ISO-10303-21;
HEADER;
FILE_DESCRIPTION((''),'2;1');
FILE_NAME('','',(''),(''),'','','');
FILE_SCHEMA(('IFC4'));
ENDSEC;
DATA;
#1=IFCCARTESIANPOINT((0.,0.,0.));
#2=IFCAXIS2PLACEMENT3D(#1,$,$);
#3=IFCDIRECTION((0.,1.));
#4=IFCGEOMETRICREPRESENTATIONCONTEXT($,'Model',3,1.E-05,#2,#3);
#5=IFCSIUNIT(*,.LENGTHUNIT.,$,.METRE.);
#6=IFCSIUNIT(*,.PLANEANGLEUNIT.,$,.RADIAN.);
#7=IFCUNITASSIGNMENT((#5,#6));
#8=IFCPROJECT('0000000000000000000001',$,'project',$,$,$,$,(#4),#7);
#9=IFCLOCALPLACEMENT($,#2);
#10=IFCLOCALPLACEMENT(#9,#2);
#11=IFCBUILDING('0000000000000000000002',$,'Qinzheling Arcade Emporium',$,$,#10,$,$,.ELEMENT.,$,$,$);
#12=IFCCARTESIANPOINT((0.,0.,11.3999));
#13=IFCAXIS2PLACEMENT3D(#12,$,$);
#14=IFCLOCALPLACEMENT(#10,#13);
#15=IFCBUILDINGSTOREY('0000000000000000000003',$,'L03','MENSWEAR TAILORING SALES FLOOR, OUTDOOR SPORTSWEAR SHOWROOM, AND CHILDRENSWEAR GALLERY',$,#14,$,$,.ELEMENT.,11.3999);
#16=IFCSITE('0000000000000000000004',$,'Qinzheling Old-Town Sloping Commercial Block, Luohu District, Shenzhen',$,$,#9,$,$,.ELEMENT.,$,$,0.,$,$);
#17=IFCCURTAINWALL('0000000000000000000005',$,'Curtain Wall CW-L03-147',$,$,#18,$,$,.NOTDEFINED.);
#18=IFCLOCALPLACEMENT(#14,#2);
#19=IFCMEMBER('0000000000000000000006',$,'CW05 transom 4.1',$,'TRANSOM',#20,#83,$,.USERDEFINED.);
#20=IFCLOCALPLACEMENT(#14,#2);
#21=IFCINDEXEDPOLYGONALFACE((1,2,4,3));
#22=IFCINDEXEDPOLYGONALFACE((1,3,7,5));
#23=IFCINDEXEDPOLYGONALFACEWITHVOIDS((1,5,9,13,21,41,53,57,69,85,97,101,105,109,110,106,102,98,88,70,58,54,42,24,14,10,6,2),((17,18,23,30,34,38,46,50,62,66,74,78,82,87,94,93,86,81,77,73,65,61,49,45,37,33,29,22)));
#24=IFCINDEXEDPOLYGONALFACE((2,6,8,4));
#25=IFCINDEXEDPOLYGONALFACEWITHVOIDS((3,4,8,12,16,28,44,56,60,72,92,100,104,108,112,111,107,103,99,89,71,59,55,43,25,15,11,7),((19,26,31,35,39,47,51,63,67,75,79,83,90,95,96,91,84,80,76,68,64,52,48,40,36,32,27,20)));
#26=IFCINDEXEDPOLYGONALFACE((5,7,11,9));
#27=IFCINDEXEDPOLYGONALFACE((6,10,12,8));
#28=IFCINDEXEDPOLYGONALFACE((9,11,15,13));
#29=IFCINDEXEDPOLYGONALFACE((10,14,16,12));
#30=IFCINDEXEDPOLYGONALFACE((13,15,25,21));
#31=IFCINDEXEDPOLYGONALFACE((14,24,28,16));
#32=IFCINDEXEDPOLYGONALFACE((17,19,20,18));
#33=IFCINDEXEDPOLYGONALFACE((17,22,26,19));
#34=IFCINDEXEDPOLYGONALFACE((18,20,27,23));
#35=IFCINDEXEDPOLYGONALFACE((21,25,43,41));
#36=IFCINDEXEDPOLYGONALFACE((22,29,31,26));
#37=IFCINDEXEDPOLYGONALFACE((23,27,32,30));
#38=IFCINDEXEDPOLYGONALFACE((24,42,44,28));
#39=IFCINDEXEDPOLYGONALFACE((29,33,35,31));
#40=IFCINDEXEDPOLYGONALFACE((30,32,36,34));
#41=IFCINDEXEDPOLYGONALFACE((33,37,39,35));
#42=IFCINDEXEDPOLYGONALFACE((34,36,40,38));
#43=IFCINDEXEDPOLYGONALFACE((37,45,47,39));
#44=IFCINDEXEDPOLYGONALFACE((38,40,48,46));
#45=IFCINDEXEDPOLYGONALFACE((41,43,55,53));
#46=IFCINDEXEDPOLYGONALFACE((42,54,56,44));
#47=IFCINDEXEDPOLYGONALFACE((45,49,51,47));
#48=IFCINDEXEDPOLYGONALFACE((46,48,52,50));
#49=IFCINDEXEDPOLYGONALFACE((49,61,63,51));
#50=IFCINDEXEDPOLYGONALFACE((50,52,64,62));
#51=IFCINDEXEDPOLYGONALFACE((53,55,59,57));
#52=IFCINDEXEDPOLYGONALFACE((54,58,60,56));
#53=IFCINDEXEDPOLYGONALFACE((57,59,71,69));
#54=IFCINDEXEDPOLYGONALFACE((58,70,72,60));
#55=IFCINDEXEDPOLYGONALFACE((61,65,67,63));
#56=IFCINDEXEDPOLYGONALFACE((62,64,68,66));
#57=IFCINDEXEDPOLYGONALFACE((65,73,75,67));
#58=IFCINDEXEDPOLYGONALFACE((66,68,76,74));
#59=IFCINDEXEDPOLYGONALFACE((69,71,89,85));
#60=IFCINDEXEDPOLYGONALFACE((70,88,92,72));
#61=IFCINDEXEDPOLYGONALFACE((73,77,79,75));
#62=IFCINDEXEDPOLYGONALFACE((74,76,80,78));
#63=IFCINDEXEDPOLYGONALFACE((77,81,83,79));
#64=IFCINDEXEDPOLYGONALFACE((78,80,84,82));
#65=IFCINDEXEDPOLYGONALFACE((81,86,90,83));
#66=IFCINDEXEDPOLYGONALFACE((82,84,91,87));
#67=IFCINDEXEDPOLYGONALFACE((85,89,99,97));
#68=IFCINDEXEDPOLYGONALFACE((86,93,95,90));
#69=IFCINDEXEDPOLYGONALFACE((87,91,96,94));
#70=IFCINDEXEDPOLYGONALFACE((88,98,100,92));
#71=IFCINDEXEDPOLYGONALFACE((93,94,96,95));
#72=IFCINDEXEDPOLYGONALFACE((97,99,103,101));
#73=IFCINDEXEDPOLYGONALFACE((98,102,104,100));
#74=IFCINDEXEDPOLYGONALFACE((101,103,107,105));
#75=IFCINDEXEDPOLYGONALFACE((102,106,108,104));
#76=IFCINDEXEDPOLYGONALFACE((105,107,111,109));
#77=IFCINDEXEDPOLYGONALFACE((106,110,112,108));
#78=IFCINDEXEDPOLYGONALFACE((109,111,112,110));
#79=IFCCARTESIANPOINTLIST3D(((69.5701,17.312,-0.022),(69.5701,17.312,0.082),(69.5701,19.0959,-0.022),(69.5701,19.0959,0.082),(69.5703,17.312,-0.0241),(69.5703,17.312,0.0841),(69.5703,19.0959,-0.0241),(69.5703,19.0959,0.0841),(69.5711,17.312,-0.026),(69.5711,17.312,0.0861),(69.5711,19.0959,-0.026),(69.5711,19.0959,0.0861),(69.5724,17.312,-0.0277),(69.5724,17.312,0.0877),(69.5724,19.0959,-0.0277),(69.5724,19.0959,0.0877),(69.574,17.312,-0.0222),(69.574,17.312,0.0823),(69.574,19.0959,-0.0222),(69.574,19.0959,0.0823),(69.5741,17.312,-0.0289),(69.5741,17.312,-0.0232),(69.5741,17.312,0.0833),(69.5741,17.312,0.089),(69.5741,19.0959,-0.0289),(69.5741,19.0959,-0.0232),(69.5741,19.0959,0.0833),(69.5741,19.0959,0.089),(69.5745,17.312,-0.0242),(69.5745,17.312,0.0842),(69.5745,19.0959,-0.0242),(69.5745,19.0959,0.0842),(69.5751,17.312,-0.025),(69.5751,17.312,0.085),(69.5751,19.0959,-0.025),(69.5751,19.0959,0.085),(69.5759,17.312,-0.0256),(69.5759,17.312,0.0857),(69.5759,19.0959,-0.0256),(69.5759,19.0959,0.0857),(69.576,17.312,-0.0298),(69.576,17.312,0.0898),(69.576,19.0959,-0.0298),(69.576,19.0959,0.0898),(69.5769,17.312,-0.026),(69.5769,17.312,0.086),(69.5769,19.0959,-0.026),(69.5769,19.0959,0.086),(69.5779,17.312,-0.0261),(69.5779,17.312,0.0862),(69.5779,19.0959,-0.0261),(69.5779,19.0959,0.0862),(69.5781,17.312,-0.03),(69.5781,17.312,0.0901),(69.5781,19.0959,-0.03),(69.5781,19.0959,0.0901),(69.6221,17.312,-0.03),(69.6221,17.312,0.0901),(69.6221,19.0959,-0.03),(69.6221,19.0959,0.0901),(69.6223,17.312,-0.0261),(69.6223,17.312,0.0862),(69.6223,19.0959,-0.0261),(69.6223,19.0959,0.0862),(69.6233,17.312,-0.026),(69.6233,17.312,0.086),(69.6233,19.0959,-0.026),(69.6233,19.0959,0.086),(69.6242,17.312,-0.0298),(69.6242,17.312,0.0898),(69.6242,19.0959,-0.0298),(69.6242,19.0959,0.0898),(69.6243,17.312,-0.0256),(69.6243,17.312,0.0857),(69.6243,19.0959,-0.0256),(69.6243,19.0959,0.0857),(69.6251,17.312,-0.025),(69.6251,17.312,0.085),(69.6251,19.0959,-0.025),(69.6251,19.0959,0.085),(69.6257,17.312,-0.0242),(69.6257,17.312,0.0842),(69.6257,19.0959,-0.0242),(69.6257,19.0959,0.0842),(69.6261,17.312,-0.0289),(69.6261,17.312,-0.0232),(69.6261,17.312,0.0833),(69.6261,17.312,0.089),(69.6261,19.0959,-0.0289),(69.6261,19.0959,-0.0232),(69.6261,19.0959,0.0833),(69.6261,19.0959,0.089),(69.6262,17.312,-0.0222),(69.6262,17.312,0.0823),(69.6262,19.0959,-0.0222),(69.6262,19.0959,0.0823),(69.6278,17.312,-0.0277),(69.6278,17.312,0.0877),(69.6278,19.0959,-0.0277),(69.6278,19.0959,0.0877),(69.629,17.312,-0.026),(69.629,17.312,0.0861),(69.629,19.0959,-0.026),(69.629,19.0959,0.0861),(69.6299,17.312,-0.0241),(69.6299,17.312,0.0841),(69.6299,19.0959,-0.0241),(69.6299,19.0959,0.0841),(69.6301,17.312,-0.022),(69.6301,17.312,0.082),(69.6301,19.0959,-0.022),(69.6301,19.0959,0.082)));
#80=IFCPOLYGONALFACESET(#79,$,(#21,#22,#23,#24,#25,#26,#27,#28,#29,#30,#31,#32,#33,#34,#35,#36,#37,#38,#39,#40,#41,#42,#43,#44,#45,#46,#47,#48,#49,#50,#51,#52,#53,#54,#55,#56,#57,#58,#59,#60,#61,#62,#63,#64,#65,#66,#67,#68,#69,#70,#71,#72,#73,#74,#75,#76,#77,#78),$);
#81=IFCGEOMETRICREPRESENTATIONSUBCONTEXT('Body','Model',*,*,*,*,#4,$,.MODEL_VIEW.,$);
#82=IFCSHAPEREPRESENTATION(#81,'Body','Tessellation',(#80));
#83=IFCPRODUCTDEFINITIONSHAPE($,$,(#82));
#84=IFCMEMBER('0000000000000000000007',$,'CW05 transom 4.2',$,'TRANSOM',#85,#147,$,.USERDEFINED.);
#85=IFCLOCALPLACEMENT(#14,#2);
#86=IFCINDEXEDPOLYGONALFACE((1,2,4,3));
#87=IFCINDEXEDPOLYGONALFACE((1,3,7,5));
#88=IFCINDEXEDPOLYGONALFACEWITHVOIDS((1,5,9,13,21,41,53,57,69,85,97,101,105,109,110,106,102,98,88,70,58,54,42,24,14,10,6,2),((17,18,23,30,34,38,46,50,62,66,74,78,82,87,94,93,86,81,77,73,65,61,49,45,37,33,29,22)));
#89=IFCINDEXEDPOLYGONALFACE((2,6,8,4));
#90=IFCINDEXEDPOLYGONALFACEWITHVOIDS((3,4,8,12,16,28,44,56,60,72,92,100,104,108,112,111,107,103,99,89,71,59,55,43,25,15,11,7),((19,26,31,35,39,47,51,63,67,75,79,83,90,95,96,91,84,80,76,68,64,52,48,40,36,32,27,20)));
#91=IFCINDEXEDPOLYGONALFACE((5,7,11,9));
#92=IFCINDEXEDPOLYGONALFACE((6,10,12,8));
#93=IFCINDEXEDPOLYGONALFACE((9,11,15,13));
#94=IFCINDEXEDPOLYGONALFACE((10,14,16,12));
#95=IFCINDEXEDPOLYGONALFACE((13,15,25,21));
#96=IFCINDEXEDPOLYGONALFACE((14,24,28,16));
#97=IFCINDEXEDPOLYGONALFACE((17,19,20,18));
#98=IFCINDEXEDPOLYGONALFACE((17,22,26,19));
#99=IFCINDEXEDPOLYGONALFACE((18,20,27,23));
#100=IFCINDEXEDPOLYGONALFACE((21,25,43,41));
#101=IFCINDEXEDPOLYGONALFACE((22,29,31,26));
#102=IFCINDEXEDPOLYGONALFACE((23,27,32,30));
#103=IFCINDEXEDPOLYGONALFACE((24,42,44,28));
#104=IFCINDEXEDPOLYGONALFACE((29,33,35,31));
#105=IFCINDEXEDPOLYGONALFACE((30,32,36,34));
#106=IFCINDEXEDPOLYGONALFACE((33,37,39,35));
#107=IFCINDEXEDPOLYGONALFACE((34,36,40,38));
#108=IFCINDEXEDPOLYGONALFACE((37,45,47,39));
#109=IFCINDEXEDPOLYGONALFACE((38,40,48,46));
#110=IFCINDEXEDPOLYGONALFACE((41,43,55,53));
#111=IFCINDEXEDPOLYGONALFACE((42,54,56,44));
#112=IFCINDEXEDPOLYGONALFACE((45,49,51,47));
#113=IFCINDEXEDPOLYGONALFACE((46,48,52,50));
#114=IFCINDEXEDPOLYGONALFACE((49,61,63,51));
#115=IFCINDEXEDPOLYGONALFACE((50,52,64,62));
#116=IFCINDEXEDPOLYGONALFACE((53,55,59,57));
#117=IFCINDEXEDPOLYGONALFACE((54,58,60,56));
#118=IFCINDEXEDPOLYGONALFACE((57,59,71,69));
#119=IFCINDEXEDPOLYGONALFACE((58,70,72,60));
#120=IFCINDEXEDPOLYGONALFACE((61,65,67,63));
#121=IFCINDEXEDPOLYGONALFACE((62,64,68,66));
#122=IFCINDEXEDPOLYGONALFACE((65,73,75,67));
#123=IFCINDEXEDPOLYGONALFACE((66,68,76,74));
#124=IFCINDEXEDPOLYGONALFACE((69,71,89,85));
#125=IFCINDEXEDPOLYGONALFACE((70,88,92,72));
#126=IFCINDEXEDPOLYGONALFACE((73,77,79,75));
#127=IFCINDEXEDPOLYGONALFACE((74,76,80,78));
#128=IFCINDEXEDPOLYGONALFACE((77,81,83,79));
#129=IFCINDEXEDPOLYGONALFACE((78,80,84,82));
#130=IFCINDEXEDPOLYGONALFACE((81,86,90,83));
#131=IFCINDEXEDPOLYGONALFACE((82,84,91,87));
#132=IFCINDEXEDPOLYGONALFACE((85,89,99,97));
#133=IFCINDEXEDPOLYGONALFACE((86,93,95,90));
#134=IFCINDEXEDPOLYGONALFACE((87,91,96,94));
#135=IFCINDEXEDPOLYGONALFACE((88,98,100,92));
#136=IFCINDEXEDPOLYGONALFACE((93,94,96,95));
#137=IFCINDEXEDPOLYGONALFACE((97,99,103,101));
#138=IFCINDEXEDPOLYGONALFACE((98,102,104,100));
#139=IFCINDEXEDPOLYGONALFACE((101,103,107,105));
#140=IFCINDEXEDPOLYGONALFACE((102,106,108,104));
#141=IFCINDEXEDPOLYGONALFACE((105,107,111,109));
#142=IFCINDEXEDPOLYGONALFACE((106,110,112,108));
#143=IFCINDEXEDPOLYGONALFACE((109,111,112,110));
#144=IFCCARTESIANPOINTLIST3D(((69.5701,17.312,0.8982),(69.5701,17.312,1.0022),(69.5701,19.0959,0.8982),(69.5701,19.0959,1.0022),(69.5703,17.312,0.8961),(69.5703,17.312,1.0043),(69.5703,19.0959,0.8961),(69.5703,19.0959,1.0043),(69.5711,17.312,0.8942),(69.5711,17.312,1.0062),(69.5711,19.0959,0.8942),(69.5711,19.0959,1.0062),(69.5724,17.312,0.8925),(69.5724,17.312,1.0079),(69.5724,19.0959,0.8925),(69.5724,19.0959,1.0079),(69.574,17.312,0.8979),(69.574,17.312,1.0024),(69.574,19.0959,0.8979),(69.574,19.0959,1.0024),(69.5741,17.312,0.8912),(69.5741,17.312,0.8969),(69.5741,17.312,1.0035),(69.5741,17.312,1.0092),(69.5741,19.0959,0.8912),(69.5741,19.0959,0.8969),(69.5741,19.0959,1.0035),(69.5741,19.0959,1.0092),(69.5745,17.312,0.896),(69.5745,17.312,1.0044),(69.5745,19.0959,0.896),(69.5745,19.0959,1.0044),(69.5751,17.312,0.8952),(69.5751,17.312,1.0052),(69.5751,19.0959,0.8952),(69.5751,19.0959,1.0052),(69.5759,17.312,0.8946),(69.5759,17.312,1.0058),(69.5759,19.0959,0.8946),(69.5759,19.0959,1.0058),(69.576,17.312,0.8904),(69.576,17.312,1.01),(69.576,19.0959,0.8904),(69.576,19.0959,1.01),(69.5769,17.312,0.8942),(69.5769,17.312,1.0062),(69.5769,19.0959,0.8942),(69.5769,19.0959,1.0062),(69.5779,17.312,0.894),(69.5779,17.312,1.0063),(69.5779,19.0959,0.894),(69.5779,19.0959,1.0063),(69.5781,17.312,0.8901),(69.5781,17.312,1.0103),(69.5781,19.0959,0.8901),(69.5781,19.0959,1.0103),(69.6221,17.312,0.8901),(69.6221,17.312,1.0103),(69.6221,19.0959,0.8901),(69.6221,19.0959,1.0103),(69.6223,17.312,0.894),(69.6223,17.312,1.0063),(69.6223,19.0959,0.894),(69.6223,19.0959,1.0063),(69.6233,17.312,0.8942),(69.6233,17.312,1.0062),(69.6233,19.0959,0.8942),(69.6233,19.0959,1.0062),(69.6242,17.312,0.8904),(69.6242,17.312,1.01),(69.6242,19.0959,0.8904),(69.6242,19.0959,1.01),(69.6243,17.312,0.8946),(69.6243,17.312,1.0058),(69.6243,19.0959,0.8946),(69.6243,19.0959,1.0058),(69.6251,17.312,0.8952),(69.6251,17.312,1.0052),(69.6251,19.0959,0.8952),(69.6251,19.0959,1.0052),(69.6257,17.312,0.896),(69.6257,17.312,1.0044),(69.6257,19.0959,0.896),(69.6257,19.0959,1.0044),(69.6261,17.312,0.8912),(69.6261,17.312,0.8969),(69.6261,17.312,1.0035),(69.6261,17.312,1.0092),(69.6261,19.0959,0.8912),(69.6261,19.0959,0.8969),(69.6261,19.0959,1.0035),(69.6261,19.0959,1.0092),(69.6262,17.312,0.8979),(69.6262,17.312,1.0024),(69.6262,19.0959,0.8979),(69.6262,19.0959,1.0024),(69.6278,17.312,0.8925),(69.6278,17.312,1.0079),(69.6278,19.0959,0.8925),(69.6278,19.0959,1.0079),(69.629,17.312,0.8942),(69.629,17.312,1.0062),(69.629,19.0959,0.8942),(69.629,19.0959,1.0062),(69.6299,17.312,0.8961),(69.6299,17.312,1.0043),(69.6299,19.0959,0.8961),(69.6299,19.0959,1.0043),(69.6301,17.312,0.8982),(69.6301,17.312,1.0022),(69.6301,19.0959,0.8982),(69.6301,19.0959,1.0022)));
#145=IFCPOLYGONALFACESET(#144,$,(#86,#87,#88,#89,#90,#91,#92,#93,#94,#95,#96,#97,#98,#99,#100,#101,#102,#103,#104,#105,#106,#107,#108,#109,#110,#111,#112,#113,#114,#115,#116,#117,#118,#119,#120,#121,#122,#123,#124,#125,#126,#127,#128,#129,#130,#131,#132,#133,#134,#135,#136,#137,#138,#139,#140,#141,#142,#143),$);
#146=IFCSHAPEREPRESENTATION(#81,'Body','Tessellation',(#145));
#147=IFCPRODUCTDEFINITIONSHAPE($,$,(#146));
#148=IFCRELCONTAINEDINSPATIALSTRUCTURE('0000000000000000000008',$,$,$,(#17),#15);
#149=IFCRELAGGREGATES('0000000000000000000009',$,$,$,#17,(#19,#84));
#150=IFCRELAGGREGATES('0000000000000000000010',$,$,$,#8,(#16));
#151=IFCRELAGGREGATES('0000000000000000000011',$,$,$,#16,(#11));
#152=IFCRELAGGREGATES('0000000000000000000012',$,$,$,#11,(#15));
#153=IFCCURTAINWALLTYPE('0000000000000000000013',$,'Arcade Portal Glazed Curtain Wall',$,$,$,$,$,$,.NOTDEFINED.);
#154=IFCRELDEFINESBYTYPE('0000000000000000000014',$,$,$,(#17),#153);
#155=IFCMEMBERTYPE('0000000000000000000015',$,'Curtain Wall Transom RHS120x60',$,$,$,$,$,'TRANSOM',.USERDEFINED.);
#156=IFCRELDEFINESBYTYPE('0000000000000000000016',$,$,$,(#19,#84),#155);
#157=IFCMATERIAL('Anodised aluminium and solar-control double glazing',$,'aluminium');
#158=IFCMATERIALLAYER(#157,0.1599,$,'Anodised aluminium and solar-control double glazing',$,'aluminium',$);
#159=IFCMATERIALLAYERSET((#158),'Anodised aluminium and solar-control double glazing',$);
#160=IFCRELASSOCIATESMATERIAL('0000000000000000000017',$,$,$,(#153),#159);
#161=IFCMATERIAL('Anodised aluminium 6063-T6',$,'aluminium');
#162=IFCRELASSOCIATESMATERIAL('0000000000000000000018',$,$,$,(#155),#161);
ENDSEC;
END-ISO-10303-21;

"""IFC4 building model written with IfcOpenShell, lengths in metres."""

from ifc_helpers import new_model, si_unit, direction, frame, origin, origin_2d, place, context, subcontext, project, spatial, hollow_rectangle, extrude, material, layer, layer_set, material_profile, profile_set, type_object, element, aggregate, save


model = new_model("IFC4")

# Units and contexts
model_context = context("Model", 3, precision=1e-05, world=origin(), true_north=direction((0.0, 1.0)))
body_context = subcontext(model_context, "Body", "Model", "MODEL_VIEW")
ifc_project = project(units=[si_unit("LENGTHUNIT", "METRE"), si_unit("PLANEANGLEUNIT", "RADIAN")], contexts=[model_context])

# Site, building, storey
site_placement = place(None, origin())
site = spatial("IfcSite", under=ifc_project, at=site_placement, Name="Qinzheling Old-Town Sloping Commercial Block, Luohu District, Shenzhen", CompositionType="ELEMENT", RefElevation=0.0)
building_placement = place(site_placement, origin())
building = spatial("IfcBuilding", under=site, at=building_placement, Name="Qinzheling Arcade Emporium", CompositionType="ELEMENT")
storey_placement = place(building_placement, frame((0.0, 0.0, 11.3999)))
storey = spatial("IfcBuildingStorey", under=building, at=storey_placement, Name="L03", Description="MENSWEAR TAILORING SALES FLOOR, OUTDOOR SPORTSWEAR SHOWROOM, AND CHILDRENSWEAR GALLERY", CompositionType="ELEMENT", Elevation=11.3999)

# Shared definitions
ifc_material_1 = material(Name="Anodised aluminium and solar-control double glazing", Category="aluminium")
ifc_layer_1 = layer(ifc_material_1, 0.1599, Name="Anodised aluminium and solar-control double glazing", Category="aluminium")
ifc_layer_set_1 = layer_set([ifc_layer_1], Name="Anodised aluminium and solar-control double glazing")
curtain_wall_type = type_object("IfcCurtainWallType", Name="Arcade Portal Glazed Curtain Wall", PredefinedType="NOTDEFINED", material=ifc_layer_set_1)
ifc_material_2 = material(Name="Anodised aluminium 6063-T6", Category="aluminium")

# Curtain wall
curtain_wall_1_placement = place(storey_placement, origin())
curtain_wall_1 = element("IfcCurtainWall", 1, at=curtain_wall_1_placement, inside=storey, type_object=curtain_wall_type, Name="Curtain Wall CW-L03-147", PredefinedType="NOTDEFINED")

# Members
ifc_material_profile_1 = material_profile(ifc_material_2, hollow_rectangle(XDim=0.0601, YDim=0.1201, WallThickness=0.0039, InnerFilletRadius=0.0039, OuterFilletRadius=0.0081, at=origin_2d()), Name="RHS 120x60x4", Category="aluminium")
ifc_profile_set_1 = profile_set([ifc_material_profile_1], Name="Anodised aluminium 6063-T6")
member_type_1 = type_object("IfcMemberType", Name="Curtain Wall Transom RHS120x60", ElementType="TRANSOM", PredefinedType="USERDEFINED", material=ifc_profile_set_1)
member_1_placement = place(storey_placement, frame((69.6001, 19.0959, 0.03), z_axis=(0.0, -1.0, 0.0), x_axis=(1.0, 0.0, 0.0)))
member_1 = element("IfcMember", 2, at=member_1_placement, type_object=member_type_1, Name="CW05 transom 4.1", ObjectType="TRANSOM", PredefinedType="USERDEFINED", context=body_context, shape_type="SweptSolid", body=[
    extrude(hollow_rectangle(XDim=0.0601, YDim=0.1201, WallThickness=0.0039, InnerFilletRadius=0.0039, OuterFilletRadius=0.0081, at=origin_2d()), origin(), (0.0, 0.0, 1.0), 1.7839),
])
member_2_placement = place(storey_placement, frame((69.6001, 19.0959, 0.9502), z_axis=(0.0, -1.0, 0.0), x_axis=(1.0, 0.0, 0.0)))
member_2 = element("IfcMember", 3, at=member_2_placement, type_object=member_type_1, Name="CW05 transom 4.2", ObjectType="TRANSOM", PredefinedType="USERDEFINED", context=body_context, shape_type="SweptSolid", body=[
    extrude(hollow_rectangle(XDim=0.0601, YDim=0.1201, WallThickness=0.0039, InnerFilletRadius=0.0039, OuterFilletRadius=0.0081, at=origin_2d()), origin(), (0.0, 0.0, 1.0), 1.7839),
])

aggregate(curtain_wall_1, [member_1, member_2])

save(model, "model.ifc")
